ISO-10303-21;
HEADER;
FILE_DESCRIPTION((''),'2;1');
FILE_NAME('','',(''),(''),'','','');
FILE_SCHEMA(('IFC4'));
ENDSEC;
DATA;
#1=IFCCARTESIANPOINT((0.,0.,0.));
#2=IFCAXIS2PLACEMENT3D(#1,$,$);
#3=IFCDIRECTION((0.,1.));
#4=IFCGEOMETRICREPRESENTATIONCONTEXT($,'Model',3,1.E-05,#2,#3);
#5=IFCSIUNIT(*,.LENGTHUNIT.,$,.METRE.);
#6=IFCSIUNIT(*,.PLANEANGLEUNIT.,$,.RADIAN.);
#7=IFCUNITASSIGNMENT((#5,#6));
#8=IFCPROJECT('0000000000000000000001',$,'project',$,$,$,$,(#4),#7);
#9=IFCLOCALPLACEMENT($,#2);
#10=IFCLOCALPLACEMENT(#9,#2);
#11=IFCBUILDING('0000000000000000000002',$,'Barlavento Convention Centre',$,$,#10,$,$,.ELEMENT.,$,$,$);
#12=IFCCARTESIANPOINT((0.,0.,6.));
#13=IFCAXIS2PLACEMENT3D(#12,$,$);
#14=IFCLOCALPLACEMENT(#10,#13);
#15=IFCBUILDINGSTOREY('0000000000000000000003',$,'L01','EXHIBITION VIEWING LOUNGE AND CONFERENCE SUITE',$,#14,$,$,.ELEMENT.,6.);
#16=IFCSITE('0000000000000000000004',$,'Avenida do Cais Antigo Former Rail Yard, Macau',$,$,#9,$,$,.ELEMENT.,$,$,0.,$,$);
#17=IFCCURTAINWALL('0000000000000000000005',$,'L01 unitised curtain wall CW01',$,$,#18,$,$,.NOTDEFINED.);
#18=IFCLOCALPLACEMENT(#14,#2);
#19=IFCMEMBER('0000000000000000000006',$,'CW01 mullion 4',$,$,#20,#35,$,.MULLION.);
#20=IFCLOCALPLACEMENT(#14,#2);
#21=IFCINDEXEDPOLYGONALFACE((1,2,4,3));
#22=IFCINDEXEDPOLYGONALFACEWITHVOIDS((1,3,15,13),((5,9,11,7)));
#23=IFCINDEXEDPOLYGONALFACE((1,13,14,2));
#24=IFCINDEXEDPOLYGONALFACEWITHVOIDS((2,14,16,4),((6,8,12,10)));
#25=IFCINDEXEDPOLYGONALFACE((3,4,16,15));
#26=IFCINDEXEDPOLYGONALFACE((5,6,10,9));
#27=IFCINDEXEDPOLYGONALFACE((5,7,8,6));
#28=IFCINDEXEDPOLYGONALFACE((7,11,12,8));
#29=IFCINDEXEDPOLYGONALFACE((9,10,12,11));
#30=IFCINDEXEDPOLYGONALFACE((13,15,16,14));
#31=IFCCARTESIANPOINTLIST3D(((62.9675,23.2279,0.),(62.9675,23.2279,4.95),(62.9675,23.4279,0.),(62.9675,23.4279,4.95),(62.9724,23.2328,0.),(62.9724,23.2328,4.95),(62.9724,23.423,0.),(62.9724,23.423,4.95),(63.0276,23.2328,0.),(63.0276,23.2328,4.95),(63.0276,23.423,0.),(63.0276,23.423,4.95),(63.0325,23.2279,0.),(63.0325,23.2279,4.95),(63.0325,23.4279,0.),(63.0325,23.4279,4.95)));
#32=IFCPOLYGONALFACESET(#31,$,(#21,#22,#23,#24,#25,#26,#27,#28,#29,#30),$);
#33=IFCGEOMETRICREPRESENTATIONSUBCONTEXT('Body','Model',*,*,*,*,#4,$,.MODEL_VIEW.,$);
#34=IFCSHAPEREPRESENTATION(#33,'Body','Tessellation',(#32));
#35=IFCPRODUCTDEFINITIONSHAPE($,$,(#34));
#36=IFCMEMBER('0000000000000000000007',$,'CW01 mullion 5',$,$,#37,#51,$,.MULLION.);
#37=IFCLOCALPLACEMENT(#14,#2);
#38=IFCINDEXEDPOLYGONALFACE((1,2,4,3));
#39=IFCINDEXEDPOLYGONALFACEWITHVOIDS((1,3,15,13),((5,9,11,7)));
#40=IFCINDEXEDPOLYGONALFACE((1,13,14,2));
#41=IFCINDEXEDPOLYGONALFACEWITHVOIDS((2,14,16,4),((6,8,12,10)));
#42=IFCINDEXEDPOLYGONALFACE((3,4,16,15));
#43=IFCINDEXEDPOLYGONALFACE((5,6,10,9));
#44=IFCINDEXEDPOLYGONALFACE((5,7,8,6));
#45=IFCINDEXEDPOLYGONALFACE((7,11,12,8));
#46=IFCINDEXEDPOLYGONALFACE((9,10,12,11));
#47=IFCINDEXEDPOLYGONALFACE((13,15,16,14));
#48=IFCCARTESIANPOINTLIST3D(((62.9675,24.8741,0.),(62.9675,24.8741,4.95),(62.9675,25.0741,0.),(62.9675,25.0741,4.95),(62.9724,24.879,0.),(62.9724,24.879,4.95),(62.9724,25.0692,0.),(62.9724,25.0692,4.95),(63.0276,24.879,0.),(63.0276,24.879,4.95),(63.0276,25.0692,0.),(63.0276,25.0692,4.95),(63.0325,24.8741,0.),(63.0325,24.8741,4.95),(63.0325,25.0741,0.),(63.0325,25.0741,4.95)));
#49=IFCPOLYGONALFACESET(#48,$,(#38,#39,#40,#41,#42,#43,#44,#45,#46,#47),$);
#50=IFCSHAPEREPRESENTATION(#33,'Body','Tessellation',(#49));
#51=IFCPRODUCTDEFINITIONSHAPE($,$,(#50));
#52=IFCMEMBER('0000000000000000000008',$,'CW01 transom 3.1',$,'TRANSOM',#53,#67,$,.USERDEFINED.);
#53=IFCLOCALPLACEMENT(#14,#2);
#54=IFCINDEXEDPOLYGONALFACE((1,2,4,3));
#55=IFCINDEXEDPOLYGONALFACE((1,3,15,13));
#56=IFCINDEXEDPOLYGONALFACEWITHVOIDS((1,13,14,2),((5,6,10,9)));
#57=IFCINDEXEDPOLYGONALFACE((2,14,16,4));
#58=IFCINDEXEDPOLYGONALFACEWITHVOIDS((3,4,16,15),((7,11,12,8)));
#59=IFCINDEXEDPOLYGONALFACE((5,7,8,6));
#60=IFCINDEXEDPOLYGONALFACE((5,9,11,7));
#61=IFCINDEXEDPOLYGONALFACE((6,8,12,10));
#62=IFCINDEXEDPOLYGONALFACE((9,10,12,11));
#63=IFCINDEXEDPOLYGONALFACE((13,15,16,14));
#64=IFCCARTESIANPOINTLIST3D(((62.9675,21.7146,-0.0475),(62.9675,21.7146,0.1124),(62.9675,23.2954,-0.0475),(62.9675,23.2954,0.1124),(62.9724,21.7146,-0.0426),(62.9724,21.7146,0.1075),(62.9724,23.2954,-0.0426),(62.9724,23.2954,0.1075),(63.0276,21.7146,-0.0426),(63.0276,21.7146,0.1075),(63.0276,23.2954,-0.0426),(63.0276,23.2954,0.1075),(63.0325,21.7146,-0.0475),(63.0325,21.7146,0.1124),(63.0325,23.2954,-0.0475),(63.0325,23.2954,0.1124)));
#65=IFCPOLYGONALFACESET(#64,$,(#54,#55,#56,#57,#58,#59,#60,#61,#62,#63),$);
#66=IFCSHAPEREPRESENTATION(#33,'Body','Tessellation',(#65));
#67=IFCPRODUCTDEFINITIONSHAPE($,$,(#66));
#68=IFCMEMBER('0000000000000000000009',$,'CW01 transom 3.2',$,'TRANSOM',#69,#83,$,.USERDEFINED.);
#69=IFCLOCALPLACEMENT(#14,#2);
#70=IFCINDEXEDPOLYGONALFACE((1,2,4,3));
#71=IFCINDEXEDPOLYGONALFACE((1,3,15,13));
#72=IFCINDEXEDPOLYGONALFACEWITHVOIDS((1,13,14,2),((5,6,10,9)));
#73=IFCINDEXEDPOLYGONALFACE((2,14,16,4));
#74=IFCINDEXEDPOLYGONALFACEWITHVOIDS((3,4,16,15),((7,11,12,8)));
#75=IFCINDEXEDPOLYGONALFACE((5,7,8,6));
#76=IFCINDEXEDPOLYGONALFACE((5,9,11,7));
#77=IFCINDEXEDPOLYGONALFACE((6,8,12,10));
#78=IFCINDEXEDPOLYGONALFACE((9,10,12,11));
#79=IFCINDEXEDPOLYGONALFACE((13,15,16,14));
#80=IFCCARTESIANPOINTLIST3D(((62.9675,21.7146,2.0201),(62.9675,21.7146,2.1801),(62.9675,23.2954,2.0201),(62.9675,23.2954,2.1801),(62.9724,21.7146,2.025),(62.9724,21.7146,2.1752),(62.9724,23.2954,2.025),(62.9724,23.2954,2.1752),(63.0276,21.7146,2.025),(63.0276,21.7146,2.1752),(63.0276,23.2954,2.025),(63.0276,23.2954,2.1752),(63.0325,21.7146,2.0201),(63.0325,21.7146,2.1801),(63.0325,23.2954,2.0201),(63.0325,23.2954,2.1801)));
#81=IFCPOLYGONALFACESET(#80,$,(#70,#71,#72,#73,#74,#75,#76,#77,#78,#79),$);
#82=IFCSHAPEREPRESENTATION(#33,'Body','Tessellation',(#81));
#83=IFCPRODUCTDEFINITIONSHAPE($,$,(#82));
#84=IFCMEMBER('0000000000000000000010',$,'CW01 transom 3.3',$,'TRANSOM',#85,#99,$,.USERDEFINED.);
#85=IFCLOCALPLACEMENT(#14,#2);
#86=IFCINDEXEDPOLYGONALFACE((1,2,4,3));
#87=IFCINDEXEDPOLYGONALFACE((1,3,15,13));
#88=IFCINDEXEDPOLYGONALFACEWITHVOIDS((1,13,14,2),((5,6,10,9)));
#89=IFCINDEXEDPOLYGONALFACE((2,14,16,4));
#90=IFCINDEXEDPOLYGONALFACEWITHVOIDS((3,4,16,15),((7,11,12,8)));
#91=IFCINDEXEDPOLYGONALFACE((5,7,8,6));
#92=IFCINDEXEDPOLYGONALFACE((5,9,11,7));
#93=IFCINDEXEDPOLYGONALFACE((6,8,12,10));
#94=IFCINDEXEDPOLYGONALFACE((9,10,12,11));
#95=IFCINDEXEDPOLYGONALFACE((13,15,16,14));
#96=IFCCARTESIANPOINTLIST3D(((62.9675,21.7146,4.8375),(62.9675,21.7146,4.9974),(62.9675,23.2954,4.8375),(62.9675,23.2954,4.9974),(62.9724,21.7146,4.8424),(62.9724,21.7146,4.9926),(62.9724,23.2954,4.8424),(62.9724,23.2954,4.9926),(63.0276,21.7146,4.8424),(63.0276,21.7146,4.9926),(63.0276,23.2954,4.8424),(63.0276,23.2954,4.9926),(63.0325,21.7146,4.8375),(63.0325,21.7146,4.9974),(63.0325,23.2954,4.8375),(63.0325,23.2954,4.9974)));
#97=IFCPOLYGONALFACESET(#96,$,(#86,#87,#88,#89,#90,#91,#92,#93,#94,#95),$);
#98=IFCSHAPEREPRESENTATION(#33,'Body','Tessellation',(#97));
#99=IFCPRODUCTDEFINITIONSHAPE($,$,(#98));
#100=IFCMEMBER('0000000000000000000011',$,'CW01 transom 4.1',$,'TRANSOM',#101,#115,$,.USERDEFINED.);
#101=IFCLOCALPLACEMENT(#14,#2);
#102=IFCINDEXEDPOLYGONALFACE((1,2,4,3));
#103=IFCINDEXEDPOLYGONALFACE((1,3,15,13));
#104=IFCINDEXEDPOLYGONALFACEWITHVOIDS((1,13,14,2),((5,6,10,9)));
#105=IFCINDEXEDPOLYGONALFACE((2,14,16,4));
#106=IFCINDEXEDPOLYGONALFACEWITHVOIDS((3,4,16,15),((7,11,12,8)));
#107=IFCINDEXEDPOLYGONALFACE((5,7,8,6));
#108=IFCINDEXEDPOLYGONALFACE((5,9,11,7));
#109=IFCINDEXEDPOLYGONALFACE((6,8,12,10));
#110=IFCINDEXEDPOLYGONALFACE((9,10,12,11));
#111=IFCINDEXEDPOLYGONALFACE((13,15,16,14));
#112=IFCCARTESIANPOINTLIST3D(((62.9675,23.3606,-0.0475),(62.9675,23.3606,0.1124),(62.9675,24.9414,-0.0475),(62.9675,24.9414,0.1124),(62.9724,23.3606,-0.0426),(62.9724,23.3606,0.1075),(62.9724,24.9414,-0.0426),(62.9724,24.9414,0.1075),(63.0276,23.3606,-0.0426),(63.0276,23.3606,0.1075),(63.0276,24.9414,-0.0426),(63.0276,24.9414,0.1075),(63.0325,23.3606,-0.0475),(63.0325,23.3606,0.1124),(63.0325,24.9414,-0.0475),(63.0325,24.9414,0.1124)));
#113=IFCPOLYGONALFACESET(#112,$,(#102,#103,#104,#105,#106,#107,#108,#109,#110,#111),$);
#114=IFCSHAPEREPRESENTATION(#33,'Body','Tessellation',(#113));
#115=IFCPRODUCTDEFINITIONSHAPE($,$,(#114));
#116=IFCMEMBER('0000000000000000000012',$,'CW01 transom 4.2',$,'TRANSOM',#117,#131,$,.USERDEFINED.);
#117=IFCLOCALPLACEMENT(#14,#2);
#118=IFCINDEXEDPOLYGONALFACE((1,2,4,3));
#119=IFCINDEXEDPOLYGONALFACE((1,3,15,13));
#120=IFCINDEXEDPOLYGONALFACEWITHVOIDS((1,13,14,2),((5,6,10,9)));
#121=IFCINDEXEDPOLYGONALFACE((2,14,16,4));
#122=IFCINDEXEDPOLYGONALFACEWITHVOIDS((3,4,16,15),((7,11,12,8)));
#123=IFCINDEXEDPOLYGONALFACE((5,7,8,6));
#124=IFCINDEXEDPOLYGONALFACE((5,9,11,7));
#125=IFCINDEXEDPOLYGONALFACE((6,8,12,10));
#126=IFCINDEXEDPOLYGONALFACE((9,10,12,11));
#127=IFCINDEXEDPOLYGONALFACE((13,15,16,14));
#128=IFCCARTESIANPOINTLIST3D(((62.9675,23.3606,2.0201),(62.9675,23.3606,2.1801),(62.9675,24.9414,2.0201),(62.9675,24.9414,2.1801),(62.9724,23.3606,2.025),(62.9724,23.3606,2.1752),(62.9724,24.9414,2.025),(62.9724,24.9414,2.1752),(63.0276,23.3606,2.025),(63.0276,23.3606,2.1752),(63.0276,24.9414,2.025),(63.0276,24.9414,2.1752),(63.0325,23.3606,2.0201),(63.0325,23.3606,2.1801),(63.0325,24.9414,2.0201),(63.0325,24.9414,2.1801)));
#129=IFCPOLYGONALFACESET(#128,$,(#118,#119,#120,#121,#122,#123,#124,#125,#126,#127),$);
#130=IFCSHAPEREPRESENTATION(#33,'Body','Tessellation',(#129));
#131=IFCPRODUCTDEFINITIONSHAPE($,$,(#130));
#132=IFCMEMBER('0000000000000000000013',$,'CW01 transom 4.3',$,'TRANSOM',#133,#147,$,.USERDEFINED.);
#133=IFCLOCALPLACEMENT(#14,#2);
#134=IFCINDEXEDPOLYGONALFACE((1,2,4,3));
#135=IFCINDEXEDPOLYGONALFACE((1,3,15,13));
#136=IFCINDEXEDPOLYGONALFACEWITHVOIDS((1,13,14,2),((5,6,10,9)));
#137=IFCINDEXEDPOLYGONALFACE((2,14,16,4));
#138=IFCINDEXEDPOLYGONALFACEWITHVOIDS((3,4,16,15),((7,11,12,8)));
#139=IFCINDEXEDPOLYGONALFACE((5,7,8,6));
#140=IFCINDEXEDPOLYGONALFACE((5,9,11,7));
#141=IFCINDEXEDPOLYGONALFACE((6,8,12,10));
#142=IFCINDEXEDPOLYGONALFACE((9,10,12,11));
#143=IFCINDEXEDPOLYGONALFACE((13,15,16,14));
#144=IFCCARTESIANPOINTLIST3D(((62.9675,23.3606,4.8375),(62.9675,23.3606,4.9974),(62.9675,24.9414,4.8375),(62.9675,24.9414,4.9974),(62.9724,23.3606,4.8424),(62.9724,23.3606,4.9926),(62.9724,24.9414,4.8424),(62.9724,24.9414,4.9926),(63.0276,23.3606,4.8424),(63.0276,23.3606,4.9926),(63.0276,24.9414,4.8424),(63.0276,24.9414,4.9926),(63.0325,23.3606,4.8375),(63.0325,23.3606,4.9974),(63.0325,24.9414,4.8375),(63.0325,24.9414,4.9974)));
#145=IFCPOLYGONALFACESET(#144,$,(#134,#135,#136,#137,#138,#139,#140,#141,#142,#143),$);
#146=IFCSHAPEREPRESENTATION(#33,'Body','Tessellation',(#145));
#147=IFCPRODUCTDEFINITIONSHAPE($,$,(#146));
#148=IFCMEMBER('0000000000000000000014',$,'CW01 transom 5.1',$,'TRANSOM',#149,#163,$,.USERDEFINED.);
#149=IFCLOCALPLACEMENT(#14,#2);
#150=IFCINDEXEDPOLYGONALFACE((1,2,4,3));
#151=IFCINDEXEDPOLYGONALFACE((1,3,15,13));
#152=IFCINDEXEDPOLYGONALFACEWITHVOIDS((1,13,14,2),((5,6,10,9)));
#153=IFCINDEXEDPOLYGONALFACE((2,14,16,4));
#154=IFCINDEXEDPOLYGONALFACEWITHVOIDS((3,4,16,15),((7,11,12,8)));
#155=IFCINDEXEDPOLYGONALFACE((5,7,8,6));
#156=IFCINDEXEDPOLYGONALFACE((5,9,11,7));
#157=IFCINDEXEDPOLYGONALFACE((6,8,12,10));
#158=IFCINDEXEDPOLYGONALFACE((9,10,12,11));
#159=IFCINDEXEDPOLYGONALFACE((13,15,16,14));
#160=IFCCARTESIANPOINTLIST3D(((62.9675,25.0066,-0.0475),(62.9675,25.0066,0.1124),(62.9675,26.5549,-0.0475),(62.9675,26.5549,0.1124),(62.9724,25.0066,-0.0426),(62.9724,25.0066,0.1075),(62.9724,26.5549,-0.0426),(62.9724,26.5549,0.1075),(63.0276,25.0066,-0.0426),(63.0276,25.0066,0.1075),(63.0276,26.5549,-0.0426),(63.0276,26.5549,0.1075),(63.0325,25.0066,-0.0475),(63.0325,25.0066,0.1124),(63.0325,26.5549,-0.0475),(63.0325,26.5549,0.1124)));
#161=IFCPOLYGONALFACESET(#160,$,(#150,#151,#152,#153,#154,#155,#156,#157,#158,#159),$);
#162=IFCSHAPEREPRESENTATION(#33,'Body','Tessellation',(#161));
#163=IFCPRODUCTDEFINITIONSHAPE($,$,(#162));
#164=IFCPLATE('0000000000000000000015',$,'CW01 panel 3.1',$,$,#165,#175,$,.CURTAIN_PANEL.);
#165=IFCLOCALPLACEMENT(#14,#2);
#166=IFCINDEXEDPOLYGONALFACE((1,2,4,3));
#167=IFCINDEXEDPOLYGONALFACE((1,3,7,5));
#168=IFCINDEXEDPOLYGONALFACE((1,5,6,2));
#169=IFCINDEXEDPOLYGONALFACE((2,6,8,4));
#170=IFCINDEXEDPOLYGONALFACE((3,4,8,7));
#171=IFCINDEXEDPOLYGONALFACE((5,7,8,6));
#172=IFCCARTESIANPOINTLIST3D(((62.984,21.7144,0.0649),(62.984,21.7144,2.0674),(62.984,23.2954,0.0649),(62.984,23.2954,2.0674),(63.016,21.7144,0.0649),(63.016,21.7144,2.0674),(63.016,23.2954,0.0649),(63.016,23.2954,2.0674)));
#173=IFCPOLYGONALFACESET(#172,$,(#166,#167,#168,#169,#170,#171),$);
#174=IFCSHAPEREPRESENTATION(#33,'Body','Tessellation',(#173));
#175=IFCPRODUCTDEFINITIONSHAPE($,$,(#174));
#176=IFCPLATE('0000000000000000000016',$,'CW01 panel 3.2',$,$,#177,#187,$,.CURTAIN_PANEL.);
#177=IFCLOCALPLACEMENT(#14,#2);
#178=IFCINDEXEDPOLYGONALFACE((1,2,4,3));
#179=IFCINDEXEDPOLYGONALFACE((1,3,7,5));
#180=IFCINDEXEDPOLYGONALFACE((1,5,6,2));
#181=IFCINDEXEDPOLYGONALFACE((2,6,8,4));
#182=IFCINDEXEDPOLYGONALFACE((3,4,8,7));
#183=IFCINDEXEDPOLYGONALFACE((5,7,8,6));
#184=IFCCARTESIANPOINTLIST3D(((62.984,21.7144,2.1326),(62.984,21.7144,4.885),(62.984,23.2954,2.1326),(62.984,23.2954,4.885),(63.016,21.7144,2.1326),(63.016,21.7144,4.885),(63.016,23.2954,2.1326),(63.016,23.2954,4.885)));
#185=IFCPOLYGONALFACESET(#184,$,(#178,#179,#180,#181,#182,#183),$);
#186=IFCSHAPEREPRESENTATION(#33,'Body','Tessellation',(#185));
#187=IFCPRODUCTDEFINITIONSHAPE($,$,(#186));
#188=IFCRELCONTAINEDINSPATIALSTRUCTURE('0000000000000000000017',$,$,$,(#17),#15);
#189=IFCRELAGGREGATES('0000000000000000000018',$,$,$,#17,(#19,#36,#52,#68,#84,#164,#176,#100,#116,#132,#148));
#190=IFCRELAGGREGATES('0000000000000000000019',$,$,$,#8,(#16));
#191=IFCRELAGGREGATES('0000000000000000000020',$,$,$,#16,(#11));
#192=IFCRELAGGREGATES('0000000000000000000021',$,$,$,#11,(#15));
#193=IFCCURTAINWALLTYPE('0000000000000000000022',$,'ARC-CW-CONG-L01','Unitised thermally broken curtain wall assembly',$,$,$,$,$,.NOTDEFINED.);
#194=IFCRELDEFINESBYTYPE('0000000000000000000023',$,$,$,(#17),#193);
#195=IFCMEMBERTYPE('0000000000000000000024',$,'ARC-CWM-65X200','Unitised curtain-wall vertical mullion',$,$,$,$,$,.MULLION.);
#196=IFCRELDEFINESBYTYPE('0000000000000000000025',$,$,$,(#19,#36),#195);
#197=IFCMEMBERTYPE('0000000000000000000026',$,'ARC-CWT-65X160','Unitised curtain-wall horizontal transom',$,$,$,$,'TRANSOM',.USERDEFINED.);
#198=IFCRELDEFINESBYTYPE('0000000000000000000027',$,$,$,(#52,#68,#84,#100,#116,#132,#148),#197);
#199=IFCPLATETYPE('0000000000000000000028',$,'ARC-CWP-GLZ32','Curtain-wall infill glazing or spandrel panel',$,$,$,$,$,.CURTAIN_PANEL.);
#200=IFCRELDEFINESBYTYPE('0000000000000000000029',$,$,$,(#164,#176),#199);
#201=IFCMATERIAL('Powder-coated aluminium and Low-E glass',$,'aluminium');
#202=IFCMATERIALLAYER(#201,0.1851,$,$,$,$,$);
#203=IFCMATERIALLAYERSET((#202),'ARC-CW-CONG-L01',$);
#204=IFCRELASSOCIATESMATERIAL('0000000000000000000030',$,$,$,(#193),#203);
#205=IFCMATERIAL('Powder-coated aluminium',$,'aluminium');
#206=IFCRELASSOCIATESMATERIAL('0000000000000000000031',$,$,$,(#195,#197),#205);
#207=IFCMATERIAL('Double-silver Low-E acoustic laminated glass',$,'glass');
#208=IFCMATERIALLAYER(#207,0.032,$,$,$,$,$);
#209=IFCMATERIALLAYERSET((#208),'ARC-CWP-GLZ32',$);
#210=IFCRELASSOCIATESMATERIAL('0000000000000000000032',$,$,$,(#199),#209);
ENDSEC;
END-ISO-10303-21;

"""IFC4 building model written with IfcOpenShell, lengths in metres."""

from ifc_helpers import new_model, si_unit, direction, frame, origin, origin_2d, place, context, subcontext, project, spatial, rectangle, hollow_rectangle, extrude, material, layer, layer_set, material_profile, profile_set, type_object, element, aggregate, save


model = new_model("IFC4")

# Units and contexts
model_context = context("Model", 3, precision=1e-05, world=origin(), true_north=direction((0.0, 1.0)))
body_context = subcontext(model_context, "Body", "Model", "MODEL_VIEW")
ifc_project = project(units=[si_unit("LENGTHUNIT", "METRE"), si_unit("PLANEANGLEUNIT", "RADIAN")], contexts=[model_context])

# Site, building, storey
site_placement = place(None, origin())
site = spatial("IfcSite", under=ifc_project, at=site_placement, Name="Avenida do Cais Antigo Former Rail Yard, Macau", CompositionType="ELEMENT", RefElevation=0.0)
building_placement = place(site_placement, origin())
building = spatial("IfcBuilding", under=site, at=building_placement, Name="Barlavento Convention Centre", CompositionType="ELEMENT")
storey_placement = place(building_placement, frame((0.0, 0.0, 6.0)))
storey = spatial("IfcBuildingStorey", under=building, at=storey_placement, Name="L01", Description="EXHIBITION VIEWING LOUNGE AND CONFERENCE SUITE", CompositionType="ELEMENT", Elevation=6.0)

# Curtain wall, members, plates
ifc_material_1 = material(Name="Powder-coated aluminium and Low-E glass", Category="aluminium")
ifc_layer_1 = layer(ifc_material_1, 0.1851)
ifc_layer_set_1 = layer_set([ifc_layer_1], Name="ARC-CW-CONG-L01")
curtain_wall_type = type_object("IfcCurtainWallType", Name="ARC-CW-CONG-L01", Description="Unitised thermally broken curtain wall assembly", PredefinedType="NOTDEFINED", material=ifc_layer_set_1)
curtain_wall_placement = place(storey_placement, origin())
curtain_wall = element("IfcCurtainWall", 1, at=curtain_wall_placement, inside=storey, type_object=curtain_wall_type, Name="L01 unitised curtain wall CW01", PredefinedType="NOTDEFINED")
ifc_material_2 = material(Name="Powder-coated aluminium", Category="aluminium")
ifc_material_profile_1 = material_profile(ifc_material_2, hollow_rectangle(XDim=0.0649, YDim=0.2, WallThickness=0.0049, at=origin_2d()), Name="AL-MULL 65x200x5")
ifc_profile_set_1 = profile_set([ifc_material_profile_1], Name="Powder-coated aluminium")
member_type_1 = type_object("IfcMemberType", Name="ARC-CWM-65X200", Description="Unitised curtain-wall vertical mullion", PredefinedType="MULLION", material=ifc_profile_set_1)
member_1_placement = place(storey_placement, frame((63.0, 23.3279, 0.0), z_axis=(0.0, 0.0, 1.0), x_axis=(-1.0, 0.0, 0.0)))
member_1 = element("IfcMember", 2, at=member_1_placement, type_object=member_type_1, Name="CW01 mullion 4", PredefinedType="MULLION", context=body_context, shape_type="SweptSolid", body=[
    extrude(hollow_rectangle(XDim=0.0649, YDim=0.2, WallThickness=0.0049, at=origin_2d()), origin(), (0.0, 0.0, 1.0), 4.95),
])
member_2_placement = place(storey_placement, frame((63.0, 24.9741, 0.0), z_axis=(0.0, 0.0, 1.0), x_axis=(-1.0, 0.0, 0.0)))
member_2 = element("IfcMember", 3, at=member_2_placement, type_object=member_type_1, Name="CW01 mullion 5", PredefinedType="MULLION", context=body_context, shape_type="SweptSolid", body=[
    extrude(hollow_rectangle(XDim=0.0649, YDim=0.2, WallThickness=0.0049, at=origin_2d()), origin(), (0.0, 0.0, 1.0), 4.95),
])
ifc_material_profile_2 = material_profile(ifc_material_2, hollow_rectangle(XDim=0.0649, YDim=0.1599, WallThickness=0.0049, at=origin_2d()), Name="AL-TRAN 65x160x5")
ifc_profile_set_2 = profile_set([ifc_material_profile_2], Name="Powder-coated aluminium")
member_type_2 = type_object("IfcMemberType", Name="ARC-CWT-65X160", Description="Unitised curtain-wall horizontal transom", ElementType="TRANSOM", PredefinedType="USERDEFINED", material=ifc_profile_set_2)
member_3_placement = place(storey_placement, frame((63.0, 21.7146, 0.0325), z_axis=(0.0, 1.0, 0.0), x_axis=(-1.0, 0.0, 0.0)))
member_3 = element("IfcMember", 4, at=member_3_placement, type_object=member_type_2, Name="CW01 transom 3.1", ObjectType="TRANSOM", PredefinedType="USERDEFINED", context=body_context, shape_type="SweptSolid", body=[
    extrude(hollow_rectangle(XDim=0.0649, YDim=0.1599, WallThickness=0.0049, at=origin_2d()), origin(), (0.0, 0.0, 1.0), 1.5808),
])
member_4_placement = place(storey_placement, frame((63.0, 21.7146, 2.1001), z_axis=(0.0, 1.0, 0.0), x_axis=(-1.0, 0.0, 0.0)))
member_4 = element("IfcMember", 5, at=member_4_placement, type_object=member_type_2, Name="CW01 transom 3.2", ObjectType="TRANSOM", PredefinedType="USERDEFINED", context=body_context, shape_type="SweptSolid", body=[
    extrude(hollow_rectangle(XDim=0.0649, YDim=0.1599, WallThickness=0.0049, at=origin_2d()), origin(), (0.0, 0.0, 1.0), 1.5808),
])
member_5_placement = place(storey_placement, frame((63.0, 21.7146, 4.9175), z_axis=(0.0, 1.0, 0.0), x_axis=(-1.0, 0.0, 0.0)))
member_5 = element("IfcMember", 6, at=member_5_placement, type_object=member_type_2, Name="CW01 transom 3.3", ObjectType="TRANSOM", PredefinedType="USERDEFINED", context=body_context, shape_type="SweptSolid", body=[
    extrude(hollow_rectangle(XDim=0.0649, YDim=0.1599, WallThickness=0.0049, at=origin_2d()), origin(), (0.0, 0.0, 1.0), 1.5808),
])
member_6_placement = place(storey_placement, frame((63.0, 23.3606, 0.0325), z_axis=(0.0, 1.0, 0.0), x_axis=(-1.0, 0.0, 0.0)))
member_6 = element("IfcMember", 7, at=member_6_placement, type_object=member_type_2, Name="CW01 transom 4.1", ObjectType="TRANSOM", PredefinedType="USERDEFINED", context=body_context, shape_type="SweptSolid", body=[
    extrude(hollow_rectangle(XDim=0.0649, YDim=0.1599, WallThickness=0.0049, at=origin_2d()), origin(), (0.0, 0.0, 1.0), 1.5808),
])
member_7_placement = place(storey_placement, frame((63.0, 23.3606, 2.1001), z_axis=(0.0, 1.0, 0.0), x_axis=(-1.0, 0.0, 0.0)))
member_7 = element("IfcMember", 8, at=member_7_placement, type_object=member_type_2, Name="CW01 transom 4.2", ObjectType="TRANSOM", PredefinedType="USERDEFINED", context=body_context, shape_type="SweptSolid", body=[
    extrude(hollow_rectangle(XDim=0.0649, YDim=0.1599, WallThickness=0.0049, at=origin_2d()), origin(), (0.0, 0.0, 1.0), 1.5808),
])
member_8_placement = place(storey_placement, frame((63.0, 23.3606, 4.9175), z_axis=(0.0, 1.0, 0.0), x_axis=(-1.0, 0.0, 0.0)))
member_8 = element("IfcMember", 9, at=member_8_placement, type_object=member_type_2, Name="CW01 transom 4.3", ObjectType="TRANSOM", PredefinedType="USERDEFINED", context=body_context, shape_type="SweptSolid", body=[
    extrude(hollow_rectangle(XDim=0.0649, YDim=0.1599, WallThickness=0.0049, at=origin_2d()), origin(), (0.0, 0.0, 1.0), 1.5808),
])
member_9_placement = place(storey_placement, frame((63.0, 25.0066, 0.0325), z_axis=(0.0, 1.0, 0.0), x_axis=(-1.0, 0.0, 0.0)))
member_9 = element("IfcMember", 10, at=member_9_placement, type_object=member_type_2, Name="CW01 transom 5.1", ObjectType="TRANSOM", PredefinedType="USERDEFINED", context=body_context, shape_type="SweptSolid", body=[
    extrude(hollow_rectangle(XDim=0.0649, YDim=0.1599, WallThickness=0.0049, at=origin_2d()), origin(), (0.0, 0.0, 1.0), 1.5483),
])
ifc_material_3 = material(Name="Double-silver Low-E acoustic laminated glass", Category="glass")
ifc_layer_2 = layer(ifc_material_3, 0.032)
ifc_layer_set_2 = layer_set([ifc_layer_2], Name="ARC-CWP-GLZ32")
plate_type = type_object("IfcPlateType", Name="ARC-CWP-GLZ32", Description="Curtain-wall infill glazing or spandrel panel", PredefinedType="CURTAIN_PANEL", material=ifc_layer_set_2)
plate_1_placement = place(storey_placement, frame((63.0, 22.5049, 0.0649), z_axis=(0.0, 0.0, 1.0), x_axis=(0.0, 1.0, 0.0)))
plate_1 = element("IfcPlate", 11, at=plate_1_placement, type_object=plate_type, Name="CW01 panel 3.1", PredefinedType="CURTAIN_PANEL", context=body_context, shape_type="SweptSolid", body=[
    extrude(rectangle(XDim=1.5811, YDim=0.032, at=origin_2d()), origin(), (0.0, 0.0, 1.0), 2.0024),
])
plate_2_placement = place(storey_placement, frame((63.0, 22.5049, 2.1326), z_axis=(0.0, 0.0, 1.0), x_axis=(0.0, 1.0, 0.0)))
plate_2 = element("IfcPlate", 12, at=plate_2_placement, type_object=plate_type, Name="CW01 panel 3.2", PredefinedType="CURTAIN_PANEL", context=body_context, shape_type="SweptSolid", body=[
    extrude(rectangle(XDim=1.5811, YDim=0.032, at=origin_2d()), origin(), (0.0, 0.0, 1.0), 2.7524),
])
aggregate(curtain_wall, [member_1, member_2, member_3, member_4, member_5, plate_1, plate_2, member_6, member_7, member_8, member_9])

save(model, "model.ifc")
